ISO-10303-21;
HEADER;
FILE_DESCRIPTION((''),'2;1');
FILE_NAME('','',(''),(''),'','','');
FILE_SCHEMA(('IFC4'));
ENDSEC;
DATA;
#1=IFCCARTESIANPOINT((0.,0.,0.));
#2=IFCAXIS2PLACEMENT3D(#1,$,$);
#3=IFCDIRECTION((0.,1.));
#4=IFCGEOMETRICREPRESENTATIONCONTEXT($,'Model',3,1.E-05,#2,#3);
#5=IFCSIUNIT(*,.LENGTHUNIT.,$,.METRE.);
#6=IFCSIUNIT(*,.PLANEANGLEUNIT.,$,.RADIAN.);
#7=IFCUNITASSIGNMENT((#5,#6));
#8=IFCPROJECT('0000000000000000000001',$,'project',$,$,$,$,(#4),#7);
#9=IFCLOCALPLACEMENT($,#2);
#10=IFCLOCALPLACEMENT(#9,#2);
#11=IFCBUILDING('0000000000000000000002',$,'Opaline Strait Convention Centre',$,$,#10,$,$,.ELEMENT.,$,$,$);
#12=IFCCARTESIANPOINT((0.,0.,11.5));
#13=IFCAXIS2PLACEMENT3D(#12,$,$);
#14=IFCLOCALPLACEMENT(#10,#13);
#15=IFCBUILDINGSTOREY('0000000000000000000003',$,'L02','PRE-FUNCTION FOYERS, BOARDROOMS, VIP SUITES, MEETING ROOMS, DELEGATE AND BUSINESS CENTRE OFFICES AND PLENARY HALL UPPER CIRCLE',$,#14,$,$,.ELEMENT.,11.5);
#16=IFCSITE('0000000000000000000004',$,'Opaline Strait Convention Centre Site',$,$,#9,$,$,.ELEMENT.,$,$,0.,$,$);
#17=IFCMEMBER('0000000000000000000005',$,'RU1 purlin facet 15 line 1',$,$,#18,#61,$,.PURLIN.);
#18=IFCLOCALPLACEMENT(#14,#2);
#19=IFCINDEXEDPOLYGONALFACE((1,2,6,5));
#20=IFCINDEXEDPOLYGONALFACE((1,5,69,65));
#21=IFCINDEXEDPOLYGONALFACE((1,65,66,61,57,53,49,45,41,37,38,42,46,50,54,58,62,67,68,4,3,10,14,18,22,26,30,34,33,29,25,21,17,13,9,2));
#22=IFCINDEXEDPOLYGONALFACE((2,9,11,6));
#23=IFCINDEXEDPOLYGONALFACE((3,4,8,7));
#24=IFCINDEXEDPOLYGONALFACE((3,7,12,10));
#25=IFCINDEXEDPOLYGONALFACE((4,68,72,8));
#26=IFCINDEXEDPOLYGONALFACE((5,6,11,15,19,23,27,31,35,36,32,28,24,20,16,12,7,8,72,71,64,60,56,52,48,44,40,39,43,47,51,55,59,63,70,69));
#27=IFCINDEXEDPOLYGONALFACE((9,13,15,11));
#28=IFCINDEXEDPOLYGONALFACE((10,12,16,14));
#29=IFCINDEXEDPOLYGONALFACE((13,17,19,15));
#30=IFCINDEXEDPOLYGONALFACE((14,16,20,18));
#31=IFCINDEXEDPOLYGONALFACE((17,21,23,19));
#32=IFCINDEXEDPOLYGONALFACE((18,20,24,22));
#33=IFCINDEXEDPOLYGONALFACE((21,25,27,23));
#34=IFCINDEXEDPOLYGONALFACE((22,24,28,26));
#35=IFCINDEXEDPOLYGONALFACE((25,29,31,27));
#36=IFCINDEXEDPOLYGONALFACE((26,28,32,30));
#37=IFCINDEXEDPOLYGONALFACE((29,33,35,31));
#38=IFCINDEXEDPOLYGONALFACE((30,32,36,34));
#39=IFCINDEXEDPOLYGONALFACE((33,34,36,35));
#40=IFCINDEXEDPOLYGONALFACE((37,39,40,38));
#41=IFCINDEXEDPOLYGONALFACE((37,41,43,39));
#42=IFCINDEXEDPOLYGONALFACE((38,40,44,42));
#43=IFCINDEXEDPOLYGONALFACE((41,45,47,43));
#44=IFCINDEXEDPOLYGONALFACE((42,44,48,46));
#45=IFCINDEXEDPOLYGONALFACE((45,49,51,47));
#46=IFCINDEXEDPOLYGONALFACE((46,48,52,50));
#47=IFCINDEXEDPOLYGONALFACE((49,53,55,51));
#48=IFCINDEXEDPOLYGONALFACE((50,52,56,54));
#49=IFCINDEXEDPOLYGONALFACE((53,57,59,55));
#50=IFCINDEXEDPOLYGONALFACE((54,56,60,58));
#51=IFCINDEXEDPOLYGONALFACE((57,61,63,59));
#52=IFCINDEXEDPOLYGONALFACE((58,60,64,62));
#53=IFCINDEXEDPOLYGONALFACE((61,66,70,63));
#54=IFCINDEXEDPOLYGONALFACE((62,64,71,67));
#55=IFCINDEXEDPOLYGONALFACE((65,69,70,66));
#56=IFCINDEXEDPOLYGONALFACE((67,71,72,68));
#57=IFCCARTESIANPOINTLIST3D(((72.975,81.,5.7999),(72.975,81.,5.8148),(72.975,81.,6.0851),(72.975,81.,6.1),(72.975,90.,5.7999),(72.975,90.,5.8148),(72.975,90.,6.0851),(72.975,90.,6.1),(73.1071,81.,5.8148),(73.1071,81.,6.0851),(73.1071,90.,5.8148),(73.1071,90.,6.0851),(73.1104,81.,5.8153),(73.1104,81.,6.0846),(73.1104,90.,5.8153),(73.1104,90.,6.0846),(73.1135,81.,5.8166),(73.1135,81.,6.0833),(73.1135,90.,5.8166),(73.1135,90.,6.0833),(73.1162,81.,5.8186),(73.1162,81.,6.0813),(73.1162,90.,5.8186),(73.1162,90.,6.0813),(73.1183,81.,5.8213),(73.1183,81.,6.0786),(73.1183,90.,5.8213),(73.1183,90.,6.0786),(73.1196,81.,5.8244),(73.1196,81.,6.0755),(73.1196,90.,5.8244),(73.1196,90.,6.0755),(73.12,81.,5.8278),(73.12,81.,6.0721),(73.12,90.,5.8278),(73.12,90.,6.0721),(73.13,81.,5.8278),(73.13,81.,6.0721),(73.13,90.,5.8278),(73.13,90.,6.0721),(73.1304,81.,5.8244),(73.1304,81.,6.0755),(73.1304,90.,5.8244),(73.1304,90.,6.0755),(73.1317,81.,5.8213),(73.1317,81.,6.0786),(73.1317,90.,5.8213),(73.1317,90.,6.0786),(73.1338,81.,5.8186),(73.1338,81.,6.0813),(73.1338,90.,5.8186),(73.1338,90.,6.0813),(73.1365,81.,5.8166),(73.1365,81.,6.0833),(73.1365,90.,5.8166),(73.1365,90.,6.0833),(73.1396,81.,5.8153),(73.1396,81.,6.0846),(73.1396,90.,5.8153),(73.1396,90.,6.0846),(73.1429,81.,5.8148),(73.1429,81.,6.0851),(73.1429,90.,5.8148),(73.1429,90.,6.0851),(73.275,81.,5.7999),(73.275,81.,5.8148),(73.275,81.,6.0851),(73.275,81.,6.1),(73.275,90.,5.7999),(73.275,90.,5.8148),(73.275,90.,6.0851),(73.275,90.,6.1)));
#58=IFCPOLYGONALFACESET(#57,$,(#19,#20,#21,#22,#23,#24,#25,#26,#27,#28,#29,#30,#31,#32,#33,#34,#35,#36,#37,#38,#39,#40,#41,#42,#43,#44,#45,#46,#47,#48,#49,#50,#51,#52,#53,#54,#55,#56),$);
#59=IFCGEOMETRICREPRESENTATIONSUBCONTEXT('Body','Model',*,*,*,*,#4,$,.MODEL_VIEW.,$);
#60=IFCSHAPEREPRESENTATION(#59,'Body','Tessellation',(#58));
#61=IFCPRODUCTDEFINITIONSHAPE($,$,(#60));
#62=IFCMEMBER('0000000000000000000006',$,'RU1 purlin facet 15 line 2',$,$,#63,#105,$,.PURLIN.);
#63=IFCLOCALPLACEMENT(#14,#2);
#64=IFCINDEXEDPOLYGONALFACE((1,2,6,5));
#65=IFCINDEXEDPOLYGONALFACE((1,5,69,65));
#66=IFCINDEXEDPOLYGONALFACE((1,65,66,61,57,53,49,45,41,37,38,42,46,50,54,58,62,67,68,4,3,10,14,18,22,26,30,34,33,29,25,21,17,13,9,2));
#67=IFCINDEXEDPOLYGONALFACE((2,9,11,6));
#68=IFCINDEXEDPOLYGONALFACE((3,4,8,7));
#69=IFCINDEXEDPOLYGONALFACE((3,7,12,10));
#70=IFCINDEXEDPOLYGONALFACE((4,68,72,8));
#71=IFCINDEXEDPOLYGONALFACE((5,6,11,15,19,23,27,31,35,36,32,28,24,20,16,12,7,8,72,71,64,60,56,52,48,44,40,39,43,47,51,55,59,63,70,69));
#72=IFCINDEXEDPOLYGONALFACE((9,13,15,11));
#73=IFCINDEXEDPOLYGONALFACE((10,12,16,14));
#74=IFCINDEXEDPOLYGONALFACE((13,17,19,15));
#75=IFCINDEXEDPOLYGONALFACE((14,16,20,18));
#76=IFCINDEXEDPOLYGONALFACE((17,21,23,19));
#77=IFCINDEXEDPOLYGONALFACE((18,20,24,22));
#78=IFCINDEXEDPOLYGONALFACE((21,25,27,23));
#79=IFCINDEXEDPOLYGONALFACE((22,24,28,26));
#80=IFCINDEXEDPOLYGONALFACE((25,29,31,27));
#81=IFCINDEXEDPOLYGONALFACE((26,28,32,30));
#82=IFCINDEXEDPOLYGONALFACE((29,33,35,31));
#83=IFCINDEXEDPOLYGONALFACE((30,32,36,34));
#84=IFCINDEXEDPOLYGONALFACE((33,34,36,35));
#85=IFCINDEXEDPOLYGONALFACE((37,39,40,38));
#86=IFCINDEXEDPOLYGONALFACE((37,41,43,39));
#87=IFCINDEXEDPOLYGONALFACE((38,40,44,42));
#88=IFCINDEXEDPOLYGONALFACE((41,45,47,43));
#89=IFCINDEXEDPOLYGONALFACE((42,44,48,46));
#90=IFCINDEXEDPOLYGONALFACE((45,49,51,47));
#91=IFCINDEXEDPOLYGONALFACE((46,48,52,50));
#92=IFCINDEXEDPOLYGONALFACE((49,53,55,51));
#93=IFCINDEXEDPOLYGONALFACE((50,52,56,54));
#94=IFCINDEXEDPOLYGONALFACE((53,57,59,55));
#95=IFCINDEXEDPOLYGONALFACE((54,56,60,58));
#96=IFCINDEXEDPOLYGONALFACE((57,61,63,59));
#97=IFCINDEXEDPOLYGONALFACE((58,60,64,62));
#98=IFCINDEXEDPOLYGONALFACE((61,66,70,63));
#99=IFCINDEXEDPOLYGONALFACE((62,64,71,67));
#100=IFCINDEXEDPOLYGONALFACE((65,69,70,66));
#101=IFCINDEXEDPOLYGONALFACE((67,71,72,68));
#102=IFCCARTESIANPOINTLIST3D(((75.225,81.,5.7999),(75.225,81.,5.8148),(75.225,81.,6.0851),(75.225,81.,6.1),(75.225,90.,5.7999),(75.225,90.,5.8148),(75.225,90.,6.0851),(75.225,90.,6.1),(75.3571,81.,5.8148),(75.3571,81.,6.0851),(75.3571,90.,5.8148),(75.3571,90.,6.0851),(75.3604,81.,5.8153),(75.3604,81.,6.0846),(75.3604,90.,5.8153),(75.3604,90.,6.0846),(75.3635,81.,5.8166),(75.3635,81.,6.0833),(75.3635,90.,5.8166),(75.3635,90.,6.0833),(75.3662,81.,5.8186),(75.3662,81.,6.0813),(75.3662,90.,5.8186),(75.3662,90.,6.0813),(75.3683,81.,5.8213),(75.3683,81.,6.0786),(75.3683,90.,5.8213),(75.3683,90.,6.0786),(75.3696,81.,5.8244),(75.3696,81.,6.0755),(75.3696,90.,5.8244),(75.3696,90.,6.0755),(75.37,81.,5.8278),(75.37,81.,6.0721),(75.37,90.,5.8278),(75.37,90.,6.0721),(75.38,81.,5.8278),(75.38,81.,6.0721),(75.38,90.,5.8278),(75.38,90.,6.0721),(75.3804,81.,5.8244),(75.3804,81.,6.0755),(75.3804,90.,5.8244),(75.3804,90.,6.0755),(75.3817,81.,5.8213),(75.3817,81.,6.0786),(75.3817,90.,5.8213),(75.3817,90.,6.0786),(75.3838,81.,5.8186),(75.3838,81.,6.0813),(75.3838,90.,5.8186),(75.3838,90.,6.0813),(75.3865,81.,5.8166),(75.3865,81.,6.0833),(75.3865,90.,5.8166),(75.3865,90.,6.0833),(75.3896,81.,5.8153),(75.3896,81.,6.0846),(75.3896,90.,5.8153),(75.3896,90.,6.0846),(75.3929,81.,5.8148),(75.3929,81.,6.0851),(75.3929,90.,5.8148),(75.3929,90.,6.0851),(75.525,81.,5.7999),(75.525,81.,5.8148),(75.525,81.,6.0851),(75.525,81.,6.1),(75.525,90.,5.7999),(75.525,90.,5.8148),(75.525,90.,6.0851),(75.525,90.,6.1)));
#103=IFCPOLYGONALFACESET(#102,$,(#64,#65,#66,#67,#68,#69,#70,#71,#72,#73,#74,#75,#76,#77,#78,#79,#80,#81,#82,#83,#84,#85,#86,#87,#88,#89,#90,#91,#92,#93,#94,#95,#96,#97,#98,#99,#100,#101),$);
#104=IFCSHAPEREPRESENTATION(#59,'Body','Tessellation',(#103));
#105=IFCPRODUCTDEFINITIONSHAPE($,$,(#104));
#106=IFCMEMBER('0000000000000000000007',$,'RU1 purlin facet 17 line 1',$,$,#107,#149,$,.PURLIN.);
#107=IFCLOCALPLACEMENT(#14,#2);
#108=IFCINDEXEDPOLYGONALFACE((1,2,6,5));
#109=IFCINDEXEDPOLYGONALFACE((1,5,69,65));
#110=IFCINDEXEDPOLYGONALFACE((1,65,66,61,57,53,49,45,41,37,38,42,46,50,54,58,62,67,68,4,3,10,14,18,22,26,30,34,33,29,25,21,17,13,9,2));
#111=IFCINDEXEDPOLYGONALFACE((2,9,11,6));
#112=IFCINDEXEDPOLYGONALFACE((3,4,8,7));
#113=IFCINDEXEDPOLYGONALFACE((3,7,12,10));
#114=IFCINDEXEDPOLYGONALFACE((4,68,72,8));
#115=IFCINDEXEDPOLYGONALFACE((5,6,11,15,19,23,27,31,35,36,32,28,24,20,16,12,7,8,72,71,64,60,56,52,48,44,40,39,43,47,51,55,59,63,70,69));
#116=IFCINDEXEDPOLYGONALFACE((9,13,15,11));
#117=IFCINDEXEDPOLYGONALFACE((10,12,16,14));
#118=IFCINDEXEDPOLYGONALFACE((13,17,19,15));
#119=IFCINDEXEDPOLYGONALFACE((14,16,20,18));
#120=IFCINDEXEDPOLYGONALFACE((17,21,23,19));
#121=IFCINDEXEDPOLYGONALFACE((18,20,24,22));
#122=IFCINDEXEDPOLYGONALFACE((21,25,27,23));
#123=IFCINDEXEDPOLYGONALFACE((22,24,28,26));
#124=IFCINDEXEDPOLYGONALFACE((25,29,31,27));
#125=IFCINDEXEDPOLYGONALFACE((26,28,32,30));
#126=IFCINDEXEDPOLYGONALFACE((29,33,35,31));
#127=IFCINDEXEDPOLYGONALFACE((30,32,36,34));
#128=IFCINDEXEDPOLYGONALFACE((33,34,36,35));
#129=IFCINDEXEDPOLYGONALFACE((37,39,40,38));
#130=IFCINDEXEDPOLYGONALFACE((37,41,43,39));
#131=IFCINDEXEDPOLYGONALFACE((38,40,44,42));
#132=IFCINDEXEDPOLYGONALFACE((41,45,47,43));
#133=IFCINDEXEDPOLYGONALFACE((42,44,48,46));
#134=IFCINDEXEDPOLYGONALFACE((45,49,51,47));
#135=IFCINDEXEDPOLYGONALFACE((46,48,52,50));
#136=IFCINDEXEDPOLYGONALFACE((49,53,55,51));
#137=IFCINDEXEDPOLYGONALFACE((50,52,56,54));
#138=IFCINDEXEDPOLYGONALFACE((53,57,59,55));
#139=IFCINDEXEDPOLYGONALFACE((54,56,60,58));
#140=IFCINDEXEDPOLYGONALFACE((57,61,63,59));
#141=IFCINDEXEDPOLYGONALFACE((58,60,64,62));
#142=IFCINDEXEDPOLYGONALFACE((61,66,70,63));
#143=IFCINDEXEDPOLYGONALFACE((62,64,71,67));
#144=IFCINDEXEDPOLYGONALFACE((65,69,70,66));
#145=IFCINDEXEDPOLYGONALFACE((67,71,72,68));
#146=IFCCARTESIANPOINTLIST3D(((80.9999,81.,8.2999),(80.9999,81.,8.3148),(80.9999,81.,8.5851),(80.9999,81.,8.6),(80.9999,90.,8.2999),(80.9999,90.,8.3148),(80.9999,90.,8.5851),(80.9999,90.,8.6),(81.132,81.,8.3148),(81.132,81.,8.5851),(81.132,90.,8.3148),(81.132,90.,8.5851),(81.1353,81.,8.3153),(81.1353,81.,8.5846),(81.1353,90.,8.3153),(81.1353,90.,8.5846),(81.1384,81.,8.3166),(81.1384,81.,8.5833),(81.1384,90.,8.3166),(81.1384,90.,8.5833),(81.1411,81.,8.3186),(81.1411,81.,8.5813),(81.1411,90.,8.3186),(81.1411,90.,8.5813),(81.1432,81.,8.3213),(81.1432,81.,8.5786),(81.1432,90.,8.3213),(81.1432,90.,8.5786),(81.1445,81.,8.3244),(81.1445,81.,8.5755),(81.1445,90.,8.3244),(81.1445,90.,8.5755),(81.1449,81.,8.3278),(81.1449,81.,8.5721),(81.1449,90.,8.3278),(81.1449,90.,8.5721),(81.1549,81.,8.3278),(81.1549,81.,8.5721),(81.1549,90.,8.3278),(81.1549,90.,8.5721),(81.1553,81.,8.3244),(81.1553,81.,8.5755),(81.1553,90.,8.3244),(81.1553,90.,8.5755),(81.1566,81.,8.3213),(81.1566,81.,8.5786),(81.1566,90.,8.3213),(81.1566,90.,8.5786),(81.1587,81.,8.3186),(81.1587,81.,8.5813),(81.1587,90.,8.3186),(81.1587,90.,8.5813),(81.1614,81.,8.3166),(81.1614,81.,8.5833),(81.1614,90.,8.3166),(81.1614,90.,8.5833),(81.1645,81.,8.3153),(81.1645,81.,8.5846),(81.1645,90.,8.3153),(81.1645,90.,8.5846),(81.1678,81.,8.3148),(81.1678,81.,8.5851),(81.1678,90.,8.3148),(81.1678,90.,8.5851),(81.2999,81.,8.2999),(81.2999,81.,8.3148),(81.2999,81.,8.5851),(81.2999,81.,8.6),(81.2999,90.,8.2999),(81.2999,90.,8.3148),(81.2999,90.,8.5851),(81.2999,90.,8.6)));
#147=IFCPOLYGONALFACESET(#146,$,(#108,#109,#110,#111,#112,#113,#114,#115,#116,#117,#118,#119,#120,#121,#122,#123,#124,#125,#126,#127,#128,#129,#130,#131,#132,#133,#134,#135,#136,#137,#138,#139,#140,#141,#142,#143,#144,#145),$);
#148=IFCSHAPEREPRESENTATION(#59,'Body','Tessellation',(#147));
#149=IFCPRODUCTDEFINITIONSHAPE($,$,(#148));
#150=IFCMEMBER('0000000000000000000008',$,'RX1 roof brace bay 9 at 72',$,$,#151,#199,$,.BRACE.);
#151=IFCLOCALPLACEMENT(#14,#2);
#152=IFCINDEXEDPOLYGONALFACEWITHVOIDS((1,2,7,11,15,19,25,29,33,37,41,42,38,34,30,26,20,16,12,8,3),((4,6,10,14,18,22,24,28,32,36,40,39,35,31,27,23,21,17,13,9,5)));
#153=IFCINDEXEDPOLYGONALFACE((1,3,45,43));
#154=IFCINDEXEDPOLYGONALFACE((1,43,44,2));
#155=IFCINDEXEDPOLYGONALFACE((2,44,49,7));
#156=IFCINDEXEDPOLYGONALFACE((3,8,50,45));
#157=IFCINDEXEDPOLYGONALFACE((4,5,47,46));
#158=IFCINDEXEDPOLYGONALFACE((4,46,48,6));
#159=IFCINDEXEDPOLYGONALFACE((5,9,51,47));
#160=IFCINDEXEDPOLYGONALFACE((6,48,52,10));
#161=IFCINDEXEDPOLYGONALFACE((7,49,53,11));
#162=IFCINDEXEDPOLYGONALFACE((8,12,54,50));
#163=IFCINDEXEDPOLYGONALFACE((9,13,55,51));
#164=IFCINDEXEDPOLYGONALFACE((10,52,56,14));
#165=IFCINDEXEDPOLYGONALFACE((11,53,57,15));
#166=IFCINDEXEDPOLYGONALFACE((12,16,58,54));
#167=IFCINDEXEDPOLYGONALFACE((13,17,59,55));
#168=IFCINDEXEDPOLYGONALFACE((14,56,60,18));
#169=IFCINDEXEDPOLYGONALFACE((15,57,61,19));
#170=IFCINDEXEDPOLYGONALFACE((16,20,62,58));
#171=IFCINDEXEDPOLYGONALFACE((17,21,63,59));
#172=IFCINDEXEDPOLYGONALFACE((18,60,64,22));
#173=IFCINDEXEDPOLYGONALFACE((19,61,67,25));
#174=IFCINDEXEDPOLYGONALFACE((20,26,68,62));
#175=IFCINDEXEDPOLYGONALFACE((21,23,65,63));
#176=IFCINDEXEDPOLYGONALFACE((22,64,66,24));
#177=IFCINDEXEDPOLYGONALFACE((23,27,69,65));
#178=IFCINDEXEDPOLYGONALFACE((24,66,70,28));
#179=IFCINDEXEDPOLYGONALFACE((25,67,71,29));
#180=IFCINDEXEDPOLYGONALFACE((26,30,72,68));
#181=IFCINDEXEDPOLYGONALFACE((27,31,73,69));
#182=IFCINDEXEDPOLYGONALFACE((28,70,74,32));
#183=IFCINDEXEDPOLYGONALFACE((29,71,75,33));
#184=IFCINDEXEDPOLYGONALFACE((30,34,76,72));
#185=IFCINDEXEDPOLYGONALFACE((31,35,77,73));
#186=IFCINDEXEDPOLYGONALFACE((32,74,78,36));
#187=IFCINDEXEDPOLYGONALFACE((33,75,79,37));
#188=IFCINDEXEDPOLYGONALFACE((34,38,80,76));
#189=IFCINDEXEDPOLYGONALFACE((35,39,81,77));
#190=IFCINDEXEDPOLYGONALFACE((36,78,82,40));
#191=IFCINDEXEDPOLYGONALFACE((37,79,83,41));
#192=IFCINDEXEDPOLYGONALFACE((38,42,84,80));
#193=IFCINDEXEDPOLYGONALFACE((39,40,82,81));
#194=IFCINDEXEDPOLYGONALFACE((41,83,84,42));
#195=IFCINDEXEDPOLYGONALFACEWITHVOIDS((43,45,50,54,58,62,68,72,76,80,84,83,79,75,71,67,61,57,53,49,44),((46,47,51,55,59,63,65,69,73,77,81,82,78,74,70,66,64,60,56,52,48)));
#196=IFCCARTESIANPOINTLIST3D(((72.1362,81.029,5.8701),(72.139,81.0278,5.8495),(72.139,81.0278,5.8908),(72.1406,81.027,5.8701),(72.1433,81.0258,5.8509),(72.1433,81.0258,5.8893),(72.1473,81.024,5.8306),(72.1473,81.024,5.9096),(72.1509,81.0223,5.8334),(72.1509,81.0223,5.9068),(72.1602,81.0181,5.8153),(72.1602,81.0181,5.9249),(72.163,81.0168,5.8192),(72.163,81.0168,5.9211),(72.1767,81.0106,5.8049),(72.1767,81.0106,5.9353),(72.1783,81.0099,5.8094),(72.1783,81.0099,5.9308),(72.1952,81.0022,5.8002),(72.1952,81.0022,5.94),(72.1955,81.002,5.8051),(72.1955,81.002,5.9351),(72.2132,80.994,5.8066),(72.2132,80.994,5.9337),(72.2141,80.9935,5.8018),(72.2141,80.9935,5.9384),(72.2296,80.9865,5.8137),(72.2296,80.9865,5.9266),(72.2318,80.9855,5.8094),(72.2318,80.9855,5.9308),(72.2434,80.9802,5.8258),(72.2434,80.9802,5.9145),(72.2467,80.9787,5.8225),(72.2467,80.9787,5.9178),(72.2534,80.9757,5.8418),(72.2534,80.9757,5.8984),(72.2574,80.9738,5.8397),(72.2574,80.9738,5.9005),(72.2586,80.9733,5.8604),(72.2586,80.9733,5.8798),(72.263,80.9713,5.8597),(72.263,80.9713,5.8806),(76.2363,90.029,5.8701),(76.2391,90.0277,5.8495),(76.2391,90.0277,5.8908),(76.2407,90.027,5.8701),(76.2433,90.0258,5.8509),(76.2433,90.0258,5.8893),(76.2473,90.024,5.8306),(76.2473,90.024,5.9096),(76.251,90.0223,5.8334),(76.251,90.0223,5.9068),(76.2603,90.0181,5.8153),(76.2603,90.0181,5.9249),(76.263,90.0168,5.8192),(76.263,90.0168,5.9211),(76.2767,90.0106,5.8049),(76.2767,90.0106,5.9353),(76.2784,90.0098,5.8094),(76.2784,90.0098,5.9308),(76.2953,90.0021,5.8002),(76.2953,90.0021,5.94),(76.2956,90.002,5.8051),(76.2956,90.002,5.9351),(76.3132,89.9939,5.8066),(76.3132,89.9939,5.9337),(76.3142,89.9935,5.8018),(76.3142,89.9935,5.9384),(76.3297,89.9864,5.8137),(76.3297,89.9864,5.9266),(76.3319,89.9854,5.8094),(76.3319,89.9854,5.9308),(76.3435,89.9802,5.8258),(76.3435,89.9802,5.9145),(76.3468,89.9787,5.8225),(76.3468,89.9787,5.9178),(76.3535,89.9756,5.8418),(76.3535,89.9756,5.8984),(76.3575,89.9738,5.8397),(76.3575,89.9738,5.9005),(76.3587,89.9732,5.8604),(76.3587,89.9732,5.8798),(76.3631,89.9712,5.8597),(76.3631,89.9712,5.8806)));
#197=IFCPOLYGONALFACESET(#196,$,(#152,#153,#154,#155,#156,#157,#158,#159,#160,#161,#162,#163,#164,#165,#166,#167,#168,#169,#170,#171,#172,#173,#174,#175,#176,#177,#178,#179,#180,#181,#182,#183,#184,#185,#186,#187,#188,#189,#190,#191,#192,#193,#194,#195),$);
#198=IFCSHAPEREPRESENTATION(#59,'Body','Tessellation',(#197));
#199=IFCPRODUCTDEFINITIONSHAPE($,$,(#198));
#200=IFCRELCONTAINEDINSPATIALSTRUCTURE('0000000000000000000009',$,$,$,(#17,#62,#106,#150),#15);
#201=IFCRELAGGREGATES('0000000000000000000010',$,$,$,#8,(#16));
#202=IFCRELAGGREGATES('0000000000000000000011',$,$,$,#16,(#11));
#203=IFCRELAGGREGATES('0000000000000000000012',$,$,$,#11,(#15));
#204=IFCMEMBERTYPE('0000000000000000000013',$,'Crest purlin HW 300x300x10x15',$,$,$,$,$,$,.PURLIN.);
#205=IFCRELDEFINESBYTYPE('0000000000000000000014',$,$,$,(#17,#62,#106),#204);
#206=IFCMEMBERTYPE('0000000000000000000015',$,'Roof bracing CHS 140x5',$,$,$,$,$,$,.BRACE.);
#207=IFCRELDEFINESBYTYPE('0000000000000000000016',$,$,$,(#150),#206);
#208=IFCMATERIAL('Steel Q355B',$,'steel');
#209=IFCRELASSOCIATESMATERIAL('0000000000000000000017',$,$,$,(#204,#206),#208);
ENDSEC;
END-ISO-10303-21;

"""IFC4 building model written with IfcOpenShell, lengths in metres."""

from ifc_helpers import new_model, si_unit, direction, frame, origin, origin_2d, place, context, subcontext, project, spatial, hollow_circle, i_section, extrude, material, material_profile, profile_set, type_object, element, save


model = new_model("IFC4")

# Units and contexts
model_context = context("Model", 3, precision=1e-05, world=origin(), true_north=direction((0.0, 1.0)))
body_context = subcontext(model_context, "Body", "Model", "MODEL_VIEW")
ifc_project = project(units=[si_unit("LENGTHUNIT", "METRE"), si_unit("PLANEANGLEUNIT", "RADIAN")], contexts=[model_context])

# Site, building, storey
site_placement = place(None, origin())
site = spatial("IfcSite", under=ifc_project, at=site_placement, Name="Opaline Strait Convention Centre Site", CompositionType="ELEMENT", RefElevation=0.0)
building_placement = place(site_placement, origin())
building = spatial("IfcBuilding", under=site, at=building_placement, Name="Opaline Strait Convention Centre", CompositionType="ELEMENT")
storey_placement = place(building_placement, frame((0.0, 0.0, 11.5)))
storey = spatial("IfcBuildingStorey", under=building, at=storey_placement, Name="L02", Description="PRE-FUNCTION FOYERS, BOARDROOMS, VIP SUITES, MEETING ROOMS, DELEGATE AND BUSINESS CENTRE OFFICES AND PLENARY HALL UPPER CIRCLE", CompositionType="ELEMENT", Elevation=11.5)

# Members
ifc_material_1 = material(Name="Steel Q355B", Category="steel")
ifc_material_profile_1 = material_profile(ifc_material_1, i_section(OverallWidth=0.3, OverallDepth=0.3, WebThickness=0.01, FlangeThickness=0.0149, FilletRadius=0.0129, at=origin_2d()), Name="HW 300x300x10x15")
ifc_profile_set_1 = profile_set([ifc_material_profile_1], Name="Steel Q355B")
member_type_1 = type_object("IfcMemberType", Name="Crest purlin HW 300x300x10x15", PredefinedType="PURLIN", material=ifc_profile_set_1)
for number, where, z_axis, x_axis, name in (
    (1, (73.125, 81.0, 5.95), (0.0, 1.0, 0.0), (-1.0, 0.0, 0.0), "RU1 purlin facet 15 line 1"),
    (2, (75.375, 81.0, 5.95), (0.0, 1.0, 0.0), (-1.0, 0.0, 0.0), "RU1 purlin facet 15 line 2"),
    (3, (81.1499, 81.0, 8.45), (0.0, 1.0, 0.0), (-1.0, 0.0, 0.0), "RU1 purlin facet 17 line 1"),
):
    element("IfcMember", number, at=place(storey_placement, frame(where, z_axis=z_axis, x_axis=x_axis)), inside=storey, type_object=member_type_1, Name=name, PredefinedType="PURLIN", context=body_context, shape_type="SweptSolid", body=[
        extrude(i_section(OverallWidth=0.3, OverallDepth=0.3, WebThickness=0.01, FlangeThickness=0.0149, FilletRadius=0.0129, at=origin_2d()), origin(), (0.0, 0.0, 1.0), 9.0),
    ])
ifc_material_profile_2 = material_profile(ifc_material_1, hollow_circle(Radius=0.0701, WallThickness=0.0049, at=origin_2d()), Name="CHS 140x5")
ifc_profile_set_2 = profile_set([ifc_material_profile_2], Name="Steel Q355B")
member_type_2 = type_object("IfcMemberType", Name="Roof bracing CHS 140x5", PredefinedType="BRACE", material=ifc_profile_set_2)
member_1_placement = place(storey_placement, frame((72.2, 81.0, 5.8701), z_axis=(0.414573, 0.910016, 0.0), x_axis=(-0.910016, 0.414573, 0.0)))
element("IfcMember", 4, at=member_1_placement, inside=storey, type_object=member_type_2, Name="RX1 roof brace bay 9 at 72", PredefinedType="BRACE", context=body_context, shape_type="SweptSolid", body=[
    extrude(hollow_circle(Radius=0.0701, WallThickness=0.0049, at=origin_2d()), origin(), (0.0, 0.0, 1.0), 9.8899),
])

save(model, "model.ifc")
